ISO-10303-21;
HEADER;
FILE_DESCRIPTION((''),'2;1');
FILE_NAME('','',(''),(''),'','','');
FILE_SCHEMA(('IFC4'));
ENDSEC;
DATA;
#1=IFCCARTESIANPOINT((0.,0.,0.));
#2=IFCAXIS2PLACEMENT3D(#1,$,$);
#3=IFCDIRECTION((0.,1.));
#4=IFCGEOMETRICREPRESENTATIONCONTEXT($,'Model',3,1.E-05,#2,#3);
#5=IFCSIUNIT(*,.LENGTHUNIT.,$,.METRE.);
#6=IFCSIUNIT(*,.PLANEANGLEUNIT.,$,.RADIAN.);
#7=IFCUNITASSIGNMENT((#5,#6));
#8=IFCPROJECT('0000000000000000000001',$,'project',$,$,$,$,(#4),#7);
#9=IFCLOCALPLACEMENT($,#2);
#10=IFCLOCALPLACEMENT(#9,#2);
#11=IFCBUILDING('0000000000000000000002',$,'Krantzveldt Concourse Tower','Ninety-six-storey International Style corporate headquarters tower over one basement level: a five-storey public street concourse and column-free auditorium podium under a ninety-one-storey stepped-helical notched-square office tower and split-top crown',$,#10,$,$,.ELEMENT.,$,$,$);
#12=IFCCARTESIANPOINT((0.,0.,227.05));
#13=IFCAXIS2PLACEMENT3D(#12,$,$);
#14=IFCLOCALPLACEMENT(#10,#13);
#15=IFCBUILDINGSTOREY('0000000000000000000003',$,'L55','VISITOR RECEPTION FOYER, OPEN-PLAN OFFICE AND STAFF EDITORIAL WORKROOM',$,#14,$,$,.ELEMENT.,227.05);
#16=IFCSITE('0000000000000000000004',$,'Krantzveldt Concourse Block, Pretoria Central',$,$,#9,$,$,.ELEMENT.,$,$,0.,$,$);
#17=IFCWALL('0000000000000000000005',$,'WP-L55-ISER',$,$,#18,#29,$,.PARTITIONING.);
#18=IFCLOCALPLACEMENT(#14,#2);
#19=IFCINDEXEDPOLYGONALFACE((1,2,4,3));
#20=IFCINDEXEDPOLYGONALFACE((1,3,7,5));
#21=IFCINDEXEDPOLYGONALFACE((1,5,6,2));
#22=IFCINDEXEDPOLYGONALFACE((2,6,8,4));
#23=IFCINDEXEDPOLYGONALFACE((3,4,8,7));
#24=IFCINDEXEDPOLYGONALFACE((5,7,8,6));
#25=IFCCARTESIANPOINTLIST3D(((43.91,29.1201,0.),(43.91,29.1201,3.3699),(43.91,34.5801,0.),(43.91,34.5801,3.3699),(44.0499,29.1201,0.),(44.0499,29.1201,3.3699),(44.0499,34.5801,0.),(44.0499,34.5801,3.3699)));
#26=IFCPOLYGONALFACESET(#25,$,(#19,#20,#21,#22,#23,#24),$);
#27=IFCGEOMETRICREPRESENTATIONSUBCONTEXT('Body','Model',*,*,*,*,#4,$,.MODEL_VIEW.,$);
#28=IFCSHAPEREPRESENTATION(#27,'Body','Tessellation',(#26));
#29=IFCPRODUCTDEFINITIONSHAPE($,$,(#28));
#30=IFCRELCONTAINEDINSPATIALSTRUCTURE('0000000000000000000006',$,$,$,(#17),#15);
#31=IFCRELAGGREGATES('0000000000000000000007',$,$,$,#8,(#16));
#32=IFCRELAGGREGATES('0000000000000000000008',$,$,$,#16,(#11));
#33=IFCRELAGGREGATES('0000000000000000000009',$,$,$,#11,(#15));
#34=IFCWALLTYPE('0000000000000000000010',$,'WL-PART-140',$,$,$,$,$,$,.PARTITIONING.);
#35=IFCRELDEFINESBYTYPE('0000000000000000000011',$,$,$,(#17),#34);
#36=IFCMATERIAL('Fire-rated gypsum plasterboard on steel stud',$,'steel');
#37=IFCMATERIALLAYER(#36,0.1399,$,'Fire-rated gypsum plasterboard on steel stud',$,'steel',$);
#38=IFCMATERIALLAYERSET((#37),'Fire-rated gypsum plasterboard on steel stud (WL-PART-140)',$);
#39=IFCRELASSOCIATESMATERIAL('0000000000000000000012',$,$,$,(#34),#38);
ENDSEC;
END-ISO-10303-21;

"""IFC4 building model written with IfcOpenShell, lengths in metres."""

from ifc_helpers import new_model, si_unit, direction, frame, frame_2d, origin, place, context, subcontext, project, spatial, rectangle, extrude, material, layer, layer_set, type_object, element, save


model = new_model("IFC4")

# Units and contexts
model_context = context("Model", 3, precision=1e-05, world=origin(), true_north=direction((0.0, 1.0)))
body_context = subcontext(model_context, "Body", "Model", "MODEL_VIEW")
ifc_project = project(units=[si_unit("LENGTHUNIT", "METRE"), si_unit("PLANEANGLEUNIT", "RADIAN")], contexts=[model_context])

# Site, building, storey
site_placement = place(None, origin())
site = spatial("IfcSite", under=ifc_project, at=site_placement, Name="Krantzveldt Concourse Block, Pretoria Central", CompositionType="ELEMENT", RefElevation=0.0)
building_placement = place(site_placement, origin())
building = spatial("IfcBuilding", under=site, at=building_placement, Name="Krantzveldt Concourse Tower", Description="Ninety-six-storey International Style corporate headquarters tower over one basement level: a five-storey public street concourse and column-free auditorium podium under a ninety-one-storey stepped-helical notched-square office tower and split-top crown", CompositionType="ELEMENT")
storey_placement = place(building_placement, frame((0.0, 0.0, 227.05)))
storey = spatial("IfcBuildingStorey", under=building, at=storey_placement, Name="L55", Description="VISITOR RECEPTION FOYER, OPEN-PLAN OFFICE AND STAFF EDITORIAL WORKROOM", CompositionType="ELEMENT", Elevation=227.05)

# Shared definitions
ifc_material_1 = material(Name="Fire-rated gypsum plasterboard on steel stud", Category="steel")

# Shared definitions
ifc_layer_1 = layer(ifc_material_1, 0.1399, Name="Fire-rated gypsum plasterboard on steel stud", Category="steel")
ifc_layer_set_1 = layer_set([ifc_layer_1], Name="Fire-rated gypsum plasterboard on steel stud (WL-PART-140)")
wall_type_1 = type_object("IfcWallType", Name="WL-PART-140", PredefinedType="PARTITIONING", material=ifc_layer_set_1)

# Wall
wall_1_placement = place(storey_placement, frame((43.98, 29.1201, 0.0), z_axis=(0.0, 0.0, 1.0), x_axis=(0.0, 1.0, 0.0)))
element("IfcWall", 1, at=wall_1_placement, inside=storey, type_object=wall_type_1, Name="WP-L55-ISER", PredefinedType="PARTITIONING", context=body_context, shape_type="SweptSolid", body=[
    extrude(rectangle(XDim=5.46, YDim=0.1399, at=frame_2d((2.73, 0.0))), origin(), (0.0, 0.0, 1.0), 3.3699),
])

save(model, "model.ifc")
